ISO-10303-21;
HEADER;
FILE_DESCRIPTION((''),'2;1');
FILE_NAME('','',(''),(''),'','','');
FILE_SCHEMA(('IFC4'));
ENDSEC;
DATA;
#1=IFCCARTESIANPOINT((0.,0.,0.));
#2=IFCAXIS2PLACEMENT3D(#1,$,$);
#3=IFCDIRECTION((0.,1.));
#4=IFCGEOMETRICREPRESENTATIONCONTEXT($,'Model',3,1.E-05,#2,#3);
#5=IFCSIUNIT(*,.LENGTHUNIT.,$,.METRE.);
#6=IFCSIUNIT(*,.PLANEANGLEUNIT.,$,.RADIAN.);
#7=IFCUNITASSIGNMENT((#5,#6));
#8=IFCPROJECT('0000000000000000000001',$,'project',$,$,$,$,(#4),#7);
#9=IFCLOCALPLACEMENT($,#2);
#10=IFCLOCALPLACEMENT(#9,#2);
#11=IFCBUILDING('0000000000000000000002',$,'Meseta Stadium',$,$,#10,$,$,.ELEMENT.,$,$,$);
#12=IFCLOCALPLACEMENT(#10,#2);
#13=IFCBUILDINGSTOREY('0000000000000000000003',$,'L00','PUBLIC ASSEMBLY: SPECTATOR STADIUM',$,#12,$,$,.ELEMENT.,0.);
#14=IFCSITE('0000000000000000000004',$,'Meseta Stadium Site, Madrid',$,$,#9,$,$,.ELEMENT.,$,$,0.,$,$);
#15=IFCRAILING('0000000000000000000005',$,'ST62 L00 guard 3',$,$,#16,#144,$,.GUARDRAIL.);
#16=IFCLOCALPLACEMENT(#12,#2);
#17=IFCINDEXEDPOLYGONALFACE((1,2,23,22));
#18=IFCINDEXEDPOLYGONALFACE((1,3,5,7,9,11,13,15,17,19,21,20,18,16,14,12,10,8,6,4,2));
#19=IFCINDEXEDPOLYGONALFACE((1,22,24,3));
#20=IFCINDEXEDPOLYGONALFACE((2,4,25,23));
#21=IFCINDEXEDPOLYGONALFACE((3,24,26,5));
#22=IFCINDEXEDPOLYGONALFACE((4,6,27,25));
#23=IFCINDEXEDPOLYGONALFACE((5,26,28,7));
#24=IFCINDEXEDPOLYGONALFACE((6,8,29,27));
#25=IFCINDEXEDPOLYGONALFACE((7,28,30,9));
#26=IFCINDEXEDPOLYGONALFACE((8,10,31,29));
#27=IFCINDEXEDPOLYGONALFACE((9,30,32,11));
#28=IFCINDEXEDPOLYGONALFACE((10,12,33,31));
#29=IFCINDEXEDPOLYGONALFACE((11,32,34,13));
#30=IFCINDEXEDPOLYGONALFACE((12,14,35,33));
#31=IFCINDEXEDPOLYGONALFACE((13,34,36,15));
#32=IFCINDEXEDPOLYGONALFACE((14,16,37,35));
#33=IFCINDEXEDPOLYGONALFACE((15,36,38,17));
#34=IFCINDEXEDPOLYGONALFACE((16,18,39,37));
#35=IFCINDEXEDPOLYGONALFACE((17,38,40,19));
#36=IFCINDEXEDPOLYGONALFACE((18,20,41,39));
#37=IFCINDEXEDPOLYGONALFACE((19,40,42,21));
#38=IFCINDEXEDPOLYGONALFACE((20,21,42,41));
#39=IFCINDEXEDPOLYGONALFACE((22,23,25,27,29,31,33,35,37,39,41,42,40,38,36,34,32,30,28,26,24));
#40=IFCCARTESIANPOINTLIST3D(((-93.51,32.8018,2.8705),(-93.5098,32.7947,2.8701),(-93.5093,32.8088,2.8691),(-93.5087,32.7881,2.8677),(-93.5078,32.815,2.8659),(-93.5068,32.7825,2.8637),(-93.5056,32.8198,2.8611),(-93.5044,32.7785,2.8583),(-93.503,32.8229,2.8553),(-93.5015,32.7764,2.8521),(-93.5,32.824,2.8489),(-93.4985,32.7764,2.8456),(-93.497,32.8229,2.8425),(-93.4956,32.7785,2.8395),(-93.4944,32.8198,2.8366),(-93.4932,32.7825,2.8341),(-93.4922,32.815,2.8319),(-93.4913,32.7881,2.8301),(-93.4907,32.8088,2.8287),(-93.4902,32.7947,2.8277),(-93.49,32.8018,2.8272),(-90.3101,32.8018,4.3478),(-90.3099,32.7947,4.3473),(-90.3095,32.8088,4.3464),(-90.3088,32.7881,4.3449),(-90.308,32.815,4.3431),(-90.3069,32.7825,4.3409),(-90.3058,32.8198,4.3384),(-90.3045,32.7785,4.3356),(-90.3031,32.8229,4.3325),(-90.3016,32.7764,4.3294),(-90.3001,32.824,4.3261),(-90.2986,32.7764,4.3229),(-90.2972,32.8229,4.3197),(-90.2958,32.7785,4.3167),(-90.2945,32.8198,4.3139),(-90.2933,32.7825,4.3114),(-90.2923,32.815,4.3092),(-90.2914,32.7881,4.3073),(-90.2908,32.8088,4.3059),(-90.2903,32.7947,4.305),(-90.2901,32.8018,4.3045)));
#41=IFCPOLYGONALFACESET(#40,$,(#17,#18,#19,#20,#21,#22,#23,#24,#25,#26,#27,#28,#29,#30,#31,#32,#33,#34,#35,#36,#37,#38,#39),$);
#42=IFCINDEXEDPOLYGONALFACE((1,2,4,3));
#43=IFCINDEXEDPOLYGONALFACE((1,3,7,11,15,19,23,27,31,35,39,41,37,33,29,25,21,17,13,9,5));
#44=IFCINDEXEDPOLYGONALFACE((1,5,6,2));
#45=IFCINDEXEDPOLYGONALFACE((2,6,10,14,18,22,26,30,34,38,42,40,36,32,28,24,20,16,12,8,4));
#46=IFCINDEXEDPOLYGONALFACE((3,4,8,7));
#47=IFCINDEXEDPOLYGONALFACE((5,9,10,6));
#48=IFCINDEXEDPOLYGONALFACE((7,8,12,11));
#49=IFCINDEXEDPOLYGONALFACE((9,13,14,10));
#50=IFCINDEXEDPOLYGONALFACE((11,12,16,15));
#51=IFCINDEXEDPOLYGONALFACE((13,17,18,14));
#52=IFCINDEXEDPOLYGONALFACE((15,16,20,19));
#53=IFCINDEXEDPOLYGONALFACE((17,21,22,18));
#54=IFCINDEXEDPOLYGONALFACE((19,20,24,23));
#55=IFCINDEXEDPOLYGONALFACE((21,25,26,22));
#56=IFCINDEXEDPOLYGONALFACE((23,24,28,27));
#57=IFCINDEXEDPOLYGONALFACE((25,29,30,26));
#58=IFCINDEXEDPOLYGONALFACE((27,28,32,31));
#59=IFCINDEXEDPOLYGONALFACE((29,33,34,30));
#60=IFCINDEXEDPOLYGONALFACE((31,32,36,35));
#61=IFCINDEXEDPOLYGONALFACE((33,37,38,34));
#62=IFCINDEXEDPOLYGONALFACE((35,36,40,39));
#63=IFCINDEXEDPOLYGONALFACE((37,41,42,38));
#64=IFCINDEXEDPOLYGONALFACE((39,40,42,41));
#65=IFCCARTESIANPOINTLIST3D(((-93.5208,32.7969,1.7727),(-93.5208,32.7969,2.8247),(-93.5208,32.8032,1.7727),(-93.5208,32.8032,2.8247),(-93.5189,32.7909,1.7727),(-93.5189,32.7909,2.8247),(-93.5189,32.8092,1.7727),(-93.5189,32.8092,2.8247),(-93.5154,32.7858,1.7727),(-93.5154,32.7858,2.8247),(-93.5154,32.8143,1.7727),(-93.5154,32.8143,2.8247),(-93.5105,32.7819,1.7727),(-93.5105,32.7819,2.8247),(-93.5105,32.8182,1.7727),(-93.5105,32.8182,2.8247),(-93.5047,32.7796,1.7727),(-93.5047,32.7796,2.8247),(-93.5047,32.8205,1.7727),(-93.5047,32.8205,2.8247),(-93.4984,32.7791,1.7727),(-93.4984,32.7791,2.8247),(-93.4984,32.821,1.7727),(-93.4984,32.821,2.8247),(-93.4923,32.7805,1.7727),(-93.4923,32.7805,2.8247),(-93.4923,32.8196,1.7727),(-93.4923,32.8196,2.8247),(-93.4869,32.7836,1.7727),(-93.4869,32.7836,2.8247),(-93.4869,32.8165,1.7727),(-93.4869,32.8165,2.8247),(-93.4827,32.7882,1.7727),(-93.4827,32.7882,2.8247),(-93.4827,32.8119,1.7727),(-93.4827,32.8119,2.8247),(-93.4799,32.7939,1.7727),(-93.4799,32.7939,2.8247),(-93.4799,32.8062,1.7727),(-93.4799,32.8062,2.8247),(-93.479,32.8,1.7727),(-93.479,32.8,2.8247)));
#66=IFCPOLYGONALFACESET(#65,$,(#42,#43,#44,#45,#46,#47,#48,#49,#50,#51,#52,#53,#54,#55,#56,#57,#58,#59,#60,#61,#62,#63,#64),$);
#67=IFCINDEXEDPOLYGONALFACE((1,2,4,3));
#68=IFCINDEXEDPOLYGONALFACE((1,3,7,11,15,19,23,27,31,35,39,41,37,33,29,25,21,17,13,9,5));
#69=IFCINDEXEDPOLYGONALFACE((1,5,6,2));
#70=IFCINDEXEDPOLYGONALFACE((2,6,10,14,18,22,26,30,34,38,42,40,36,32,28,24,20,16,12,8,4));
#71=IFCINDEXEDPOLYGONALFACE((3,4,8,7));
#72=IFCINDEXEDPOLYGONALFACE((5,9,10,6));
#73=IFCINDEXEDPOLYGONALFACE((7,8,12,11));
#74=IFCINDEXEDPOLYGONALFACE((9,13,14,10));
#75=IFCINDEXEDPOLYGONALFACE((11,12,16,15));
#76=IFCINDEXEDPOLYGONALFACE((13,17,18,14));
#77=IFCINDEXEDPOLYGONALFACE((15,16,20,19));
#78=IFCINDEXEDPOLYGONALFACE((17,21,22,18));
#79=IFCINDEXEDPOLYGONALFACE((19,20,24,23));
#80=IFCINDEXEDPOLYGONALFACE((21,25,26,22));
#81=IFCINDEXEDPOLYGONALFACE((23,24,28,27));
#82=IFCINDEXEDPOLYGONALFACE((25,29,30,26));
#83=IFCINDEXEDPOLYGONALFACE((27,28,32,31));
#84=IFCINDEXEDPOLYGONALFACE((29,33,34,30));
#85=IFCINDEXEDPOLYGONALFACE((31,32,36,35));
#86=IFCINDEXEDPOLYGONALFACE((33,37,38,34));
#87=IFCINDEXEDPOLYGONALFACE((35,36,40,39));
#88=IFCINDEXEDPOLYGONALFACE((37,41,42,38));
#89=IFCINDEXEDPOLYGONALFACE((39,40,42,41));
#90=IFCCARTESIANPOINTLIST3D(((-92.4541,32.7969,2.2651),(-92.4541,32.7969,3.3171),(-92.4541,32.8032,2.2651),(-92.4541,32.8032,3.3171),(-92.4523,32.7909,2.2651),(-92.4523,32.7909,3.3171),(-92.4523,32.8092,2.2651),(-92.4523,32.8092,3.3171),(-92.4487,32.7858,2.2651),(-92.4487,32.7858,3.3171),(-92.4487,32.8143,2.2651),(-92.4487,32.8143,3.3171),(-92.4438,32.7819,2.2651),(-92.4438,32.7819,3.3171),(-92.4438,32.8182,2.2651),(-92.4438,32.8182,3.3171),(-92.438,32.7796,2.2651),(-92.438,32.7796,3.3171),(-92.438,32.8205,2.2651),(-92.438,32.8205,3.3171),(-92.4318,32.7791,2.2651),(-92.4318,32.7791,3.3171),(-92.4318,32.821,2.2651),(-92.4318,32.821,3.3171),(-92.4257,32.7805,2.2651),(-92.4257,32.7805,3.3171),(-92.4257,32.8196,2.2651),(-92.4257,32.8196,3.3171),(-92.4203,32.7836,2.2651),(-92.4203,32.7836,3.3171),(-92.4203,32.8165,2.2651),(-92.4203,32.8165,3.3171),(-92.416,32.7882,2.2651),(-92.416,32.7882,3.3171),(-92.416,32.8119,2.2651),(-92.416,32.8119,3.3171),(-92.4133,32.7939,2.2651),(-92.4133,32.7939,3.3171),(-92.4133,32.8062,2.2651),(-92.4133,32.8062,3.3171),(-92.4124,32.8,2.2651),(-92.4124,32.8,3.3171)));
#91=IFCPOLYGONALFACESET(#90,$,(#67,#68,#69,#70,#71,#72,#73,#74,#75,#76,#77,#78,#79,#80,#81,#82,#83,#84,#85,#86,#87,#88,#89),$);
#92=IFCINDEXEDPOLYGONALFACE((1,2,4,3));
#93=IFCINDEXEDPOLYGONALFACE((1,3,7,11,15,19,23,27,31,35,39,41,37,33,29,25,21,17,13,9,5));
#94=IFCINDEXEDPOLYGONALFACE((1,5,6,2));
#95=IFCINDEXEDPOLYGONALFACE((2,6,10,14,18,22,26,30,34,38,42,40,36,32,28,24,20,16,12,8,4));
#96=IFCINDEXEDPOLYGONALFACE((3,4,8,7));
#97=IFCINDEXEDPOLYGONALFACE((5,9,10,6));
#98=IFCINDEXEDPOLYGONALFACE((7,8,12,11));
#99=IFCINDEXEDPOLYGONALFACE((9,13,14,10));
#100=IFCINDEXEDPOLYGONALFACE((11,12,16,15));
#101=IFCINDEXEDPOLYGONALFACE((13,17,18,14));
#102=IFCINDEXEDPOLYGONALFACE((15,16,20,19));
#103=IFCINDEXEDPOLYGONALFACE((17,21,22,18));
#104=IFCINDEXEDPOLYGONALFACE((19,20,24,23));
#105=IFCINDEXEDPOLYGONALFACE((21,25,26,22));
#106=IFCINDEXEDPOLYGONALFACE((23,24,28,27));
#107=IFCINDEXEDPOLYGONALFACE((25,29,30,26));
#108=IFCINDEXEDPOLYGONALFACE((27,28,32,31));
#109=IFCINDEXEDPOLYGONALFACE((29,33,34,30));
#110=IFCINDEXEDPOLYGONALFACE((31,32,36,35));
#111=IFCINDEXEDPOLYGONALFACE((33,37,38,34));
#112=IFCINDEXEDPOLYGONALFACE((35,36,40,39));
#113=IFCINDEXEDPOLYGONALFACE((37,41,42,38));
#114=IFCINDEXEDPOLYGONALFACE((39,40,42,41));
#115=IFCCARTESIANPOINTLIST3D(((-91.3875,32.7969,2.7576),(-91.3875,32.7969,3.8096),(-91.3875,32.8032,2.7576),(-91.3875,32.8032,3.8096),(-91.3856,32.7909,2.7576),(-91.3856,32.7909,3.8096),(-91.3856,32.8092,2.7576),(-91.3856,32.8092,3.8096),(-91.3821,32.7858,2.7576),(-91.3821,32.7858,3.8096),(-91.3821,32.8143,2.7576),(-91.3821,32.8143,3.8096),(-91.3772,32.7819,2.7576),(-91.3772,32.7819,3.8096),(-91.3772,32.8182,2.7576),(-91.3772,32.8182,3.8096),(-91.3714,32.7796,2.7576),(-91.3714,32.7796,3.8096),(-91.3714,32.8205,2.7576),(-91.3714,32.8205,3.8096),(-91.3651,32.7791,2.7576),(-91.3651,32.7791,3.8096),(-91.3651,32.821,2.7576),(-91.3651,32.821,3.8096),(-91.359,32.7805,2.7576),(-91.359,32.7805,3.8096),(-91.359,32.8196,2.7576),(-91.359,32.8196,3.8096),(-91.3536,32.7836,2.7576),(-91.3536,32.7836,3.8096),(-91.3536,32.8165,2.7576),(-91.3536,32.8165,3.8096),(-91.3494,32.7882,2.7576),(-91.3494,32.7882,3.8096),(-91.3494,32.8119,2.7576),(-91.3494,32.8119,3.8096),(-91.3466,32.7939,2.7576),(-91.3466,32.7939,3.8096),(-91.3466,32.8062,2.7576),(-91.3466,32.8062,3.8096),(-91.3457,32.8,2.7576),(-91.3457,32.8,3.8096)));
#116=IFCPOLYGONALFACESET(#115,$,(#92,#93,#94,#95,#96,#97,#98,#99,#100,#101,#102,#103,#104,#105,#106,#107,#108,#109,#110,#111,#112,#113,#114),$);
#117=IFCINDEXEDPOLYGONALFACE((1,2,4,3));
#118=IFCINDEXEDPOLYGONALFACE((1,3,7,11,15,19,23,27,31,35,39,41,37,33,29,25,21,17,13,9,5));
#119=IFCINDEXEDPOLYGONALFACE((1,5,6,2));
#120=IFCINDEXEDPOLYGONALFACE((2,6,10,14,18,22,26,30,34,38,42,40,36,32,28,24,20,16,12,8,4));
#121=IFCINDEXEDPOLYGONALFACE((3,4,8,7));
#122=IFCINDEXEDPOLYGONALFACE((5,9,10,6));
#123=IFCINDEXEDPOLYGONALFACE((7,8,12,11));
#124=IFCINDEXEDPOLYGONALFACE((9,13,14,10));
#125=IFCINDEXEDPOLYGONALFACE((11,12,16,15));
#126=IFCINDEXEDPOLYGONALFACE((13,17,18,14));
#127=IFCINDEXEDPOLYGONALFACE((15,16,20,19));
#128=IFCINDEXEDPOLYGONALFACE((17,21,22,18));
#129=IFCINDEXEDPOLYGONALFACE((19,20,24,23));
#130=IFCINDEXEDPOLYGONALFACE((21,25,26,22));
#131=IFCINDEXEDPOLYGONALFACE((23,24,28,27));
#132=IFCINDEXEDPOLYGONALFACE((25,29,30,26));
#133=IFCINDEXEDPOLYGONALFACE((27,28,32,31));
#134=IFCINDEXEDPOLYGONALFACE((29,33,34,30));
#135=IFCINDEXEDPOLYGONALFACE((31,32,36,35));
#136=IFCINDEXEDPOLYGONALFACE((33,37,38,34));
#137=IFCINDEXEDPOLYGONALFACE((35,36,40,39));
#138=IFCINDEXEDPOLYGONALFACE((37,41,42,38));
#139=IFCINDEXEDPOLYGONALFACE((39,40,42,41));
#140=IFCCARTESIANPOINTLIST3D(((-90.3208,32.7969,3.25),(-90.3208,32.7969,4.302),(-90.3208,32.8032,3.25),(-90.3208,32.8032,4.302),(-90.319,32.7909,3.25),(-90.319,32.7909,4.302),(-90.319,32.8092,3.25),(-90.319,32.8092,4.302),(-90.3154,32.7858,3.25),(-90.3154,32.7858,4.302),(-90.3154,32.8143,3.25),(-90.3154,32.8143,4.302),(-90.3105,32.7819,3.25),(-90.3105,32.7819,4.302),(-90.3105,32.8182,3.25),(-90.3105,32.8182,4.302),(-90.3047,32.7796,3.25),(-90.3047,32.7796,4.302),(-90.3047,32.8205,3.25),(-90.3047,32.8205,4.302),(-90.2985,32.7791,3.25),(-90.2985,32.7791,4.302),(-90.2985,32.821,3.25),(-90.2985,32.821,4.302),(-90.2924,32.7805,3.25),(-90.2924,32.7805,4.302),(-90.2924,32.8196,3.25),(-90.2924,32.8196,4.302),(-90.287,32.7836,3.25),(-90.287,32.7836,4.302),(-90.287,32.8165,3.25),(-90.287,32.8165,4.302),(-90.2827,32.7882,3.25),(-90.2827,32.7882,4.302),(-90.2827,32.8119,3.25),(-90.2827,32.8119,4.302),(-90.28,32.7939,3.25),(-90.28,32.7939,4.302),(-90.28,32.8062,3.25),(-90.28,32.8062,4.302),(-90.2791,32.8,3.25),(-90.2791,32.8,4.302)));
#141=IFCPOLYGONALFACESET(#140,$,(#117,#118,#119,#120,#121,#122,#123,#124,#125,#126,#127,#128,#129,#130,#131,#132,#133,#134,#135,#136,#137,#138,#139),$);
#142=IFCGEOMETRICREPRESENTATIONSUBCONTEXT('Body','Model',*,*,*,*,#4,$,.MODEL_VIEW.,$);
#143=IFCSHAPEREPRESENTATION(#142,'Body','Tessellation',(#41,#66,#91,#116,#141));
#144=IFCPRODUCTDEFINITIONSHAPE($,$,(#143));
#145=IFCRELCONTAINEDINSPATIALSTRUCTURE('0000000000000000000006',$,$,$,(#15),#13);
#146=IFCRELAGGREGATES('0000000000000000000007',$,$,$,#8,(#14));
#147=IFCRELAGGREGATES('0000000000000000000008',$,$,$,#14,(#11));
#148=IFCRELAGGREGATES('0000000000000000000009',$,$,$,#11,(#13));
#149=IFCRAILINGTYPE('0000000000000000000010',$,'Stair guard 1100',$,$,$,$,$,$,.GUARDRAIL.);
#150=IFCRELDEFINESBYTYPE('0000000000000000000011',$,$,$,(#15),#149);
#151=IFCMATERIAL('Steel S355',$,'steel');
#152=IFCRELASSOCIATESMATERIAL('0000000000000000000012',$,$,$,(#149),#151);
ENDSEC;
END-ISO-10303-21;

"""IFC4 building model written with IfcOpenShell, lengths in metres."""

from ifc_helpers import new_model, si_unit, direction, frame, origin, origin_2d, place, context, subcontext, project, spatial, circle, extrude, material, type_object, element, save


model = new_model("IFC4")

# Units and contexts
model_context = context("Model", 3, precision=1e-05, world=origin(), true_north=direction((0.0, 1.0)))
body_context = subcontext(model_context, "Body", "Model", "MODEL_VIEW")
ifc_project = project(units=[si_unit("LENGTHUNIT", "METRE"), si_unit("PLANEANGLEUNIT", "RADIAN")], contexts=[model_context])

# Site, building, storey
site_placement = place(None, origin())
site = spatial("IfcSite", under=ifc_project, at=site_placement, Name="Meseta Stadium Site, Madrid", CompositionType="ELEMENT", RefElevation=0.0)
building_placement = place(site_placement, origin())
building = spatial("IfcBuilding", under=site, at=building_placement, Name="Meseta Stadium", CompositionType="ELEMENT")
storey_placement = place(building_placement, origin())
storey = spatial("IfcBuildingStorey", under=building, at=storey_placement, Name="L00", Description="PUBLIC ASSEMBLY: SPECTATOR STADIUM", CompositionType="ELEMENT", Elevation=0.0)

# Railing
ifc_material_1 = material(Name="Steel S355", Category="steel")
railing_type_1 = type_object("IfcRailingType", Name="Stair guard 1100", PredefinedType="GUARDRAIL", material=ifc_material_1)
railing_1_placement = place(storey_placement, frame((-93.5, 32.8, 1.7727)))
element("IfcRailing", 1, at=railing_1_placement, inside=storey, type_object=railing_type_1, Name="ST62 L00 guard 3", PredefinedType="GUARDRAIL", context=body_context, shape_type="SweptSolid", body=[
    extrude(circle(Radius=0.0239, at=origin_2d()), frame((0.0, 0.0, 1.0762), z_axis=(0.907917, 0.0, 0.41915), x_axis=(0.0, 1.0, 0.0)), (0.0, 0.0, 1.0), 3.5244),
    extrude(circle(Radius=0.021, at=origin_2d()), origin(), (0.0, 0.0, 1.0), 1.052),
    extrude(circle(Radius=0.021, at=origin_2d()), frame((1.0667, 0.0, 0.4924)), (0.0, 0.0, 1.0), 1.052),
    extrude(circle(Radius=0.021, at=origin_2d()), frame((2.1333, 0.0, 0.9849)), (0.0, 0.0, 1.0), 1.052),
    extrude(circle(Radius=0.021, at=origin_2d()), frame((3.2, 0.0, 1.4773)), (0.0, 0.0, 1.0), 1.052),
])

save(model, "model.ifc")
